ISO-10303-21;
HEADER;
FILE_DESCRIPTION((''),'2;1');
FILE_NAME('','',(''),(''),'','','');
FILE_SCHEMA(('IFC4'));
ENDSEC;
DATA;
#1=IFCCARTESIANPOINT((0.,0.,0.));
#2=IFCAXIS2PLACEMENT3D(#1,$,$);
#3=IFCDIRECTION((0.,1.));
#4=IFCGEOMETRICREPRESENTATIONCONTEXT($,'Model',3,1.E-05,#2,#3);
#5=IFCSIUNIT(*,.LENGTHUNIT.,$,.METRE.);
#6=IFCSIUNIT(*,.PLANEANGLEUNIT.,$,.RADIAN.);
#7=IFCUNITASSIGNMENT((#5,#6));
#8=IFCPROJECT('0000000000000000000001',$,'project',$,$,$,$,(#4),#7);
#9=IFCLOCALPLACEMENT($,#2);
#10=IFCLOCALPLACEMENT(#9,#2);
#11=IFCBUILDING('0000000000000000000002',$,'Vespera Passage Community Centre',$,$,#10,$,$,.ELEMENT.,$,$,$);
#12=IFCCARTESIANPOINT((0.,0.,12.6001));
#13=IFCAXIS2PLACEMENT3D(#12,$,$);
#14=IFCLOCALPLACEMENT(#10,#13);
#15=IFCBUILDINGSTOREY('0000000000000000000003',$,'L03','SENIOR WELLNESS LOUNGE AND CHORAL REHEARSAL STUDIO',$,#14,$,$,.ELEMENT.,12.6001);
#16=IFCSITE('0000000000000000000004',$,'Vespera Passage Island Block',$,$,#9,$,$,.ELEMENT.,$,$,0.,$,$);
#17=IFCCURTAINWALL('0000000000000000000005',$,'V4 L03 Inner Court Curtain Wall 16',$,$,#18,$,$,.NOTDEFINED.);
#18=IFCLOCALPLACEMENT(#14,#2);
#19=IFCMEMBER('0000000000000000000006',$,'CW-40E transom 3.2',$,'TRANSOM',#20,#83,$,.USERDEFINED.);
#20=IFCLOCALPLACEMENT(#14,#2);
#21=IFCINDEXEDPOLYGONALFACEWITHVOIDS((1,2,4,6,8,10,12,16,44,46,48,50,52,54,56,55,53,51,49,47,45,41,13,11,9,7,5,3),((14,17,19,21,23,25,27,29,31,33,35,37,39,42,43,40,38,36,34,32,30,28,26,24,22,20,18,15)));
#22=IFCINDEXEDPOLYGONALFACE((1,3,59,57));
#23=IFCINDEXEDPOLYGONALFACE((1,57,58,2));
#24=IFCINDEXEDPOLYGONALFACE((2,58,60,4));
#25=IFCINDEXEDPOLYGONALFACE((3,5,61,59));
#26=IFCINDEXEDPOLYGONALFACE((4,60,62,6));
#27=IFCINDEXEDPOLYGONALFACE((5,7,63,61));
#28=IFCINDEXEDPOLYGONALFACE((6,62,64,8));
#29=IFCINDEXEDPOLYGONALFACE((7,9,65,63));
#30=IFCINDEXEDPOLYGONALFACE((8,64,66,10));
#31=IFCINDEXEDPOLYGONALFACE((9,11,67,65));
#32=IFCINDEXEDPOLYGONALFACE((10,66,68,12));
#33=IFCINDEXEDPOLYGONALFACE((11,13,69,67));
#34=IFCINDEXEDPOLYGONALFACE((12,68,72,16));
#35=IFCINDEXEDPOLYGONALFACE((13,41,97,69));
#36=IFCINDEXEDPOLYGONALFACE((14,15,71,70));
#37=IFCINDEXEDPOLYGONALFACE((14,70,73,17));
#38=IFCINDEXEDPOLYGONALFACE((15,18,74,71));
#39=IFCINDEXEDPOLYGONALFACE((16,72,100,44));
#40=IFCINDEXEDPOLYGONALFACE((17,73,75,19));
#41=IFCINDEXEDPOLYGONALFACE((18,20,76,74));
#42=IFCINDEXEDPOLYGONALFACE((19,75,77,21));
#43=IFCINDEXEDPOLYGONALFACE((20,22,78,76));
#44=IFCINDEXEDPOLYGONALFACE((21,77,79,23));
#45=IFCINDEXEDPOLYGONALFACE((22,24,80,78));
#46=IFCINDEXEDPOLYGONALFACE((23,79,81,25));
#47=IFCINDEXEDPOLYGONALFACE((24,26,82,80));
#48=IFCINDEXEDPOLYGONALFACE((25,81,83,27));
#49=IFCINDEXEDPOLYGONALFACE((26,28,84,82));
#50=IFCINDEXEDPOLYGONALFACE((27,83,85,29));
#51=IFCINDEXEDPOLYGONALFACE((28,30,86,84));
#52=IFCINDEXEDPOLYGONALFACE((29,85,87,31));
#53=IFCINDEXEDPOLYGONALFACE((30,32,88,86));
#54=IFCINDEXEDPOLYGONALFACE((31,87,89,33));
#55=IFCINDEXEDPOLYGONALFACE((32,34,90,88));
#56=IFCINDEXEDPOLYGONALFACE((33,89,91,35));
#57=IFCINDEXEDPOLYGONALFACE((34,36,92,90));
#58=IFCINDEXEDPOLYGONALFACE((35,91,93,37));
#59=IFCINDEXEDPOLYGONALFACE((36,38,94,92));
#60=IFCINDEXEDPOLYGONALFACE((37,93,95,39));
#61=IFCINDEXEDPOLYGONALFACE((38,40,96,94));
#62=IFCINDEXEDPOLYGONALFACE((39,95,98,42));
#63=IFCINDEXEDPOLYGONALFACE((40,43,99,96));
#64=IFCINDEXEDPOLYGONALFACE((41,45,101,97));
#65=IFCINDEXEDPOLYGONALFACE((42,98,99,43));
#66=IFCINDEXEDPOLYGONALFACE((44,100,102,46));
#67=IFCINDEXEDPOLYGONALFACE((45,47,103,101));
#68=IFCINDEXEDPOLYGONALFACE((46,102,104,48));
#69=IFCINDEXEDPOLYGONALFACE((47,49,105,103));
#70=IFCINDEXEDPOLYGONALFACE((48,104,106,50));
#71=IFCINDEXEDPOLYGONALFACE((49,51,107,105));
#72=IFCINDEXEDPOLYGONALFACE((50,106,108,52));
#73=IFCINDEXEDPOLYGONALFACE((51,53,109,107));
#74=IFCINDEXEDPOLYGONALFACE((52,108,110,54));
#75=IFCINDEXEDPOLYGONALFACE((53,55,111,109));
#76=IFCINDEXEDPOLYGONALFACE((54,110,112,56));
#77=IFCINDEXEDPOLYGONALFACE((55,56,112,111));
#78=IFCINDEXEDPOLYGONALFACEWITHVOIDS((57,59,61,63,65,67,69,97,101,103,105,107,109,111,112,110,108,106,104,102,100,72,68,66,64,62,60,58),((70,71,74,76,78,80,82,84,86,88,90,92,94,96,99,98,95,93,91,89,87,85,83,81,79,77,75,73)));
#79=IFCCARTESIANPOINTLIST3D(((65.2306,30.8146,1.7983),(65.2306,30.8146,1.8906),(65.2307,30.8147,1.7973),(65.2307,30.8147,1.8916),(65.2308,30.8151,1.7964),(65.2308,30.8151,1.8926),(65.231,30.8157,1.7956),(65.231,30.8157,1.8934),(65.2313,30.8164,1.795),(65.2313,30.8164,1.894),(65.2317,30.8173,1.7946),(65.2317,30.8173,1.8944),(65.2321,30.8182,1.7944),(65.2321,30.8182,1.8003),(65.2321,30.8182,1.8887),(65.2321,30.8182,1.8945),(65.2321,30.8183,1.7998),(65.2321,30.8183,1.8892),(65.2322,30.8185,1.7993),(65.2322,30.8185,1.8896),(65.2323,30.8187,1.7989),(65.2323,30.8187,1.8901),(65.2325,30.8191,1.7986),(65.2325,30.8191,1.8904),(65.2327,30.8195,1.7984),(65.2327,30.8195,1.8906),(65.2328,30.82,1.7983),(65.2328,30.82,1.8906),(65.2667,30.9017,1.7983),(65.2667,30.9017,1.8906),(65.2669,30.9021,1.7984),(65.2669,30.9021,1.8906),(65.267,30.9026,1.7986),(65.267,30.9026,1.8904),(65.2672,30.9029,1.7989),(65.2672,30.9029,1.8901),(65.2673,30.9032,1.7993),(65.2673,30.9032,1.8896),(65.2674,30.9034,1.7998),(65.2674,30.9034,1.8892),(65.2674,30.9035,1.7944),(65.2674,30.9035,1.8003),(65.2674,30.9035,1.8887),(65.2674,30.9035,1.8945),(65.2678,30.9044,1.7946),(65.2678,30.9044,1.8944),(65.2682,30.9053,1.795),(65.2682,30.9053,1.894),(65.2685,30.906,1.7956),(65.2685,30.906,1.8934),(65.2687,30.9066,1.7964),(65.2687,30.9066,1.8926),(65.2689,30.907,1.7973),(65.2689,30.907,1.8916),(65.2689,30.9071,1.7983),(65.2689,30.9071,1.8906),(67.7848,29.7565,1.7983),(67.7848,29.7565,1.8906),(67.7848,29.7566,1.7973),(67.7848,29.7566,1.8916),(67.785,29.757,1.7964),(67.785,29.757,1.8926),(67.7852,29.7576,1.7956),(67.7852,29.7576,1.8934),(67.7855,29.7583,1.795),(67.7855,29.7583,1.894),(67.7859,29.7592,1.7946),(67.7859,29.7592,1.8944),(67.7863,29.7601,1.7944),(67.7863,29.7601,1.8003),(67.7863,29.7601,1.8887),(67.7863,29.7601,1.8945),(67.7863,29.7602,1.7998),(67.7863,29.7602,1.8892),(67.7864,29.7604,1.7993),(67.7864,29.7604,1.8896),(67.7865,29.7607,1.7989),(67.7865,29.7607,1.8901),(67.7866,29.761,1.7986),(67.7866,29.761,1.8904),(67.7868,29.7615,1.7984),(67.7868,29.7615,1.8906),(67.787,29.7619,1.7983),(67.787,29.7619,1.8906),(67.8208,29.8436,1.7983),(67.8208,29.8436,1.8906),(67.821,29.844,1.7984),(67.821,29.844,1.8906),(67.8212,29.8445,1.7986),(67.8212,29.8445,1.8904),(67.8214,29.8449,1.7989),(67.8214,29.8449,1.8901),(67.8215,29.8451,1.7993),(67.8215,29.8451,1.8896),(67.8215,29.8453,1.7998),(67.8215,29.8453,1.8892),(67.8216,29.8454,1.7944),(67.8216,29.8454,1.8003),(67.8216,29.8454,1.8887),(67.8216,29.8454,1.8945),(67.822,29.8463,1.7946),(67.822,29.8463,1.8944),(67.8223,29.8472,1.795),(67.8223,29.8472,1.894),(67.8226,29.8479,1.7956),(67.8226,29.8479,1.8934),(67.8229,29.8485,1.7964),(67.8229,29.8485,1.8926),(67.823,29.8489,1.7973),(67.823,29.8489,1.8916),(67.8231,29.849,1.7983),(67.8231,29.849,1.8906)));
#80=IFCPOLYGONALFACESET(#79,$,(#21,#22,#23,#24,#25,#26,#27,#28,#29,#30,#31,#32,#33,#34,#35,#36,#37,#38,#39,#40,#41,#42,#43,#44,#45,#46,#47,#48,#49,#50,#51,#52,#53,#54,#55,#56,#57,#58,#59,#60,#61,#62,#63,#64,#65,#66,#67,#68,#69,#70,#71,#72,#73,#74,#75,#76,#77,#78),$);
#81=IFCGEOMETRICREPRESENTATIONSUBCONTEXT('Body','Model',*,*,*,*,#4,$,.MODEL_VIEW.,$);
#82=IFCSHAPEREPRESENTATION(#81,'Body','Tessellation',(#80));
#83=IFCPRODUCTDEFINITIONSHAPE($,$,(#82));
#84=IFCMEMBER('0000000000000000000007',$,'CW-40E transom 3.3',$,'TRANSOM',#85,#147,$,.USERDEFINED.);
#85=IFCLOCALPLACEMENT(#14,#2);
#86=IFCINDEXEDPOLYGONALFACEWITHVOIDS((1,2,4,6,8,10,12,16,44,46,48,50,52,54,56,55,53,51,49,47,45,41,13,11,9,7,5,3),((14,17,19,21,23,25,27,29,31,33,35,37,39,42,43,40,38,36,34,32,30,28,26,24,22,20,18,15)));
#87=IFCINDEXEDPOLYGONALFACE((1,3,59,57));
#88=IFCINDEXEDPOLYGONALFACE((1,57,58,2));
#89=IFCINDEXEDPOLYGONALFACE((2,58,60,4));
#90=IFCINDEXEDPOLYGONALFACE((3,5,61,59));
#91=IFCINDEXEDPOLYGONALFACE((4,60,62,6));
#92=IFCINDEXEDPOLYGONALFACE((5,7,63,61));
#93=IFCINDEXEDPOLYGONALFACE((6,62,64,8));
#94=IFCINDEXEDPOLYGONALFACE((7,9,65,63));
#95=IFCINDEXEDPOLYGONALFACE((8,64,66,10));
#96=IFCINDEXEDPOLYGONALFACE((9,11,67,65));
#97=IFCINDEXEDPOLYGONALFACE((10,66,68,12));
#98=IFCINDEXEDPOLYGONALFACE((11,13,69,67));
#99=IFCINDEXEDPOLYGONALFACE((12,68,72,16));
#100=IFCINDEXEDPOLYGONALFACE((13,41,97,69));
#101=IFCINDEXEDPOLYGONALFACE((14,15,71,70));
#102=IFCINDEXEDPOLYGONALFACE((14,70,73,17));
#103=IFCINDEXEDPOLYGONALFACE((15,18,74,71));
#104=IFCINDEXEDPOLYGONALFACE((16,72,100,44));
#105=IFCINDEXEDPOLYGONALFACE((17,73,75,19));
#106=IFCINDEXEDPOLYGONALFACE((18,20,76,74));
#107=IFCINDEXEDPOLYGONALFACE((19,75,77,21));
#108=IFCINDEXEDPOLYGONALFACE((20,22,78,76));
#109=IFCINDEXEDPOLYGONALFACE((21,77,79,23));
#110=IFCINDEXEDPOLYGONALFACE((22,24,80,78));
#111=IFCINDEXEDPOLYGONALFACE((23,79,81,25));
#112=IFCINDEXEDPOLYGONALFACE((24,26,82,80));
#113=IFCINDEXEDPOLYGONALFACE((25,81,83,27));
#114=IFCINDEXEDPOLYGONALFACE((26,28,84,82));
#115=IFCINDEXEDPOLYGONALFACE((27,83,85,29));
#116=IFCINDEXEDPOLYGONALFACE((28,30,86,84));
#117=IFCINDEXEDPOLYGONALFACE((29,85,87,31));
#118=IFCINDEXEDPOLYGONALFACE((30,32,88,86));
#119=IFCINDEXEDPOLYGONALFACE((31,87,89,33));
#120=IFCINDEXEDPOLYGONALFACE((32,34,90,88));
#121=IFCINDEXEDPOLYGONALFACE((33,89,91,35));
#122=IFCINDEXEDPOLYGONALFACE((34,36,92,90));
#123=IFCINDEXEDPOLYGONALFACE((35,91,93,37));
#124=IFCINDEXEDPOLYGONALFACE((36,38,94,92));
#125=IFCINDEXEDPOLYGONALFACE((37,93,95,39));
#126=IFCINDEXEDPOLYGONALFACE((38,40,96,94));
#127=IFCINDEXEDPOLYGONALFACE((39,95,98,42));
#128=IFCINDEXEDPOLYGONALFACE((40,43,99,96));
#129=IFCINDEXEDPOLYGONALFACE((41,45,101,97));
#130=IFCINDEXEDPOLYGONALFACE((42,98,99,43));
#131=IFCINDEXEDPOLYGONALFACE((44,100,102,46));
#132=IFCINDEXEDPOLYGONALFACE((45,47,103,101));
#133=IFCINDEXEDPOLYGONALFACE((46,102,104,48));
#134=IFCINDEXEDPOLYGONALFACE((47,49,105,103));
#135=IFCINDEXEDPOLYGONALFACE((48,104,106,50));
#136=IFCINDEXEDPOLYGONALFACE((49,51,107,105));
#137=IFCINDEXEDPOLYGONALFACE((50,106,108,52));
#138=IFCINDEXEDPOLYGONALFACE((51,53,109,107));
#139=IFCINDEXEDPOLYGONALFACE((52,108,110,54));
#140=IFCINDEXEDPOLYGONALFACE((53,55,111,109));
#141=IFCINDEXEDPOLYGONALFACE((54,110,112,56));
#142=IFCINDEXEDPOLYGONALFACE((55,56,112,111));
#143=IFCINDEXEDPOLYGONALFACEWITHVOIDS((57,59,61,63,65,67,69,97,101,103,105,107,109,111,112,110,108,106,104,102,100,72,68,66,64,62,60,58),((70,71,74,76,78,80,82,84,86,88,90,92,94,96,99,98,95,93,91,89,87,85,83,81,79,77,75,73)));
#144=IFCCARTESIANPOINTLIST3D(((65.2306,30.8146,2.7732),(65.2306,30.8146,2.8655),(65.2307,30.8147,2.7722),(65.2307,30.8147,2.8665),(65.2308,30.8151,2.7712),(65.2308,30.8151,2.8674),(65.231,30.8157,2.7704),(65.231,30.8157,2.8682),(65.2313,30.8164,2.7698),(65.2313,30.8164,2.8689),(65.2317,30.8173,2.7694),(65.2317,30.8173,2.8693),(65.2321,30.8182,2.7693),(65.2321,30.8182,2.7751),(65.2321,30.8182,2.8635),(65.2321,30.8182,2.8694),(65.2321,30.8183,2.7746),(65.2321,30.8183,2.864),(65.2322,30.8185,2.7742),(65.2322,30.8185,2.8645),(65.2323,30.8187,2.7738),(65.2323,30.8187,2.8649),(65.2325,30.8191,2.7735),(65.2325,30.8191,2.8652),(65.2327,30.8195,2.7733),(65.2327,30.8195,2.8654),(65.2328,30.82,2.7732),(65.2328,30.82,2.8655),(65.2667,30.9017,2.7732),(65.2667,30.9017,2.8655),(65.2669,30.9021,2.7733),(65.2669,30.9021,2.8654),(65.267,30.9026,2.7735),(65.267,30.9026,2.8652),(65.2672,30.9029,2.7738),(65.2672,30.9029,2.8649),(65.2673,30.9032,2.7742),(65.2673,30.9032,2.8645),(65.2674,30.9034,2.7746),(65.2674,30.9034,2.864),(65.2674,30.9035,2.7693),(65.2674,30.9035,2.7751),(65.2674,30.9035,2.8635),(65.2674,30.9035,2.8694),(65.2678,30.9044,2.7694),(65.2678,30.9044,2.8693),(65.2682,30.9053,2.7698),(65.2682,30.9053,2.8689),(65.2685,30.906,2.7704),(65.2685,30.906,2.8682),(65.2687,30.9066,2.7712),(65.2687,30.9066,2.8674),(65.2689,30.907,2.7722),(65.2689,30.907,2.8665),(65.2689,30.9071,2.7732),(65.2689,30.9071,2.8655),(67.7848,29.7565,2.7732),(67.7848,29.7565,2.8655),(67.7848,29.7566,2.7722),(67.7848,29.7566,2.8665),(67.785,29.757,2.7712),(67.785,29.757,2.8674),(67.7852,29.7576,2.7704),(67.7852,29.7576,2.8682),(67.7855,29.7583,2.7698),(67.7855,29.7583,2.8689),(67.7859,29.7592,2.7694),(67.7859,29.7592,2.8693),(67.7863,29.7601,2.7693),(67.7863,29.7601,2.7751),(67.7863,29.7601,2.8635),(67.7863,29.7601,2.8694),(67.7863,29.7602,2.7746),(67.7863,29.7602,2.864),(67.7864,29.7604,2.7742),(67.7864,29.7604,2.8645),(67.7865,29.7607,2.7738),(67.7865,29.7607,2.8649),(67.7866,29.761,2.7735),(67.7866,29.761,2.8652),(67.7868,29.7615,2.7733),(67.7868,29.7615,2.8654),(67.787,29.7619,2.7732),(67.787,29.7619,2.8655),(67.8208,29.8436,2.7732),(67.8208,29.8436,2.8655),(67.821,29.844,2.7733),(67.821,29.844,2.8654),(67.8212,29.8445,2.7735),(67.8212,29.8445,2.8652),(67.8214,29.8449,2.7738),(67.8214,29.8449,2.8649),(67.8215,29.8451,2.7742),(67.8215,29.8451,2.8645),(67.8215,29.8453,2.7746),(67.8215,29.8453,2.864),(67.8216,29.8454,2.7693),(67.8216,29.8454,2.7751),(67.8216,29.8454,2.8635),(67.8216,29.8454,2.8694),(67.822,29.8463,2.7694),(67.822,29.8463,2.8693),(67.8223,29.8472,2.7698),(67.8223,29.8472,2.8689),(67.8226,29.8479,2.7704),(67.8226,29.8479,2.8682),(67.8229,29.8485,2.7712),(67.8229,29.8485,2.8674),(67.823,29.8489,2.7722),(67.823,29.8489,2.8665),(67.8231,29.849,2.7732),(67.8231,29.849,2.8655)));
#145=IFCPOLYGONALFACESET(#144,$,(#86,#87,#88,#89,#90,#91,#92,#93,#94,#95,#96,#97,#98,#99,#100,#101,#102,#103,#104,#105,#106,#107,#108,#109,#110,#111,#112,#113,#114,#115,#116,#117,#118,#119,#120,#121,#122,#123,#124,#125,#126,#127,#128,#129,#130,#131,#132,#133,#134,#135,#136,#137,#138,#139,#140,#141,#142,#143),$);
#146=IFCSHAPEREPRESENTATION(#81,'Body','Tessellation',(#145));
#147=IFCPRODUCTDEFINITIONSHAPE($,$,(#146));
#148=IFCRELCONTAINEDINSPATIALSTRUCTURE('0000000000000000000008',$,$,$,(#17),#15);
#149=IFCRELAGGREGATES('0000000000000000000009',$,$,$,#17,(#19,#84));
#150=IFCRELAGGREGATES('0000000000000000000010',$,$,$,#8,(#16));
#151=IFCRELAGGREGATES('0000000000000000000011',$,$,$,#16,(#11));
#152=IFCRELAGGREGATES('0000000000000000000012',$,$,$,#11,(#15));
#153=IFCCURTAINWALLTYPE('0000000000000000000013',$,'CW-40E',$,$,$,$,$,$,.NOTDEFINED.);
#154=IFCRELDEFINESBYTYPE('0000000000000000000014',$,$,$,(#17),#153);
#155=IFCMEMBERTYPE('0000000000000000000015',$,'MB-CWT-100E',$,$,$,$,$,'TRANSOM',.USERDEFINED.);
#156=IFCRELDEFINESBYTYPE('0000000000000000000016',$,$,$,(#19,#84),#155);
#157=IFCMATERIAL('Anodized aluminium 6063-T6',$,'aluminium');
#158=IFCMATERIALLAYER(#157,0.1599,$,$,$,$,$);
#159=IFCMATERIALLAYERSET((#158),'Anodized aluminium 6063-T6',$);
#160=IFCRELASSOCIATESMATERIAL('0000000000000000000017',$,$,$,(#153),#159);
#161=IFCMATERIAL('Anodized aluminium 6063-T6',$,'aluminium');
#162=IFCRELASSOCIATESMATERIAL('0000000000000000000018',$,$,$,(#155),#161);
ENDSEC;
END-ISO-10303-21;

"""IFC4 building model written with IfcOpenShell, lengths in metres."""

from ifc_helpers import new_model, si_unit, direction, frame, origin, origin_2d, place, context, subcontext, project, spatial, hollow_rectangle, extrude, material, layer, layer_set, material_profile, profile_set, type_object, element, aggregate, save


model = new_model("IFC4")

# Units and contexts
model_context = context("Model", 3, precision=1e-05, world=origin(), true_north=direction((0.0, 1.0)))
body_context = subcontext(model_context, "Body", "Model", "MODEL_VIEW")
ifc_project = project(units=[si_unit("LENGTHUNIT", "METRE"), si_unit("PLANEANGLEUNIT", "RADIAN")], contexts=[model_context])

# Site, building, storey
site_placement = place(None, origin())
site = spatial("IfcSite", under=ifc_project, at=site_placement, Name="Vespera Passage Island Block", CompositionType="ELEMENT", RefElevation=0.0)
building_placement = place(site_placement, origin())
building = spatial("IfcBuilding", under=site, at=building_placement, Name="Vespera Passage Community Centre", CompositionType="ELEMENT")
storey_placement = place(building_placement, frame((0.0, 0.0, 12.6001)))
storey = spatial("IfcBuildingStorey", under=building, at=storey_placement, Name="L03", Description="SENIOR WELLNESS LOUNGE AND CHORAL REHEARSAL STUDIO", CompositionType="ELEMENT", Elevation=12.6001)

# Curtain wall, members
ifc_material_1 = material(Name="Anodized aluminium 6063-T6", Category="aluminium")
ifc_layer_1 = layer(ifc_material_1, 0.1599)
ifc_layer_set_1 = layer_set([ifc_layer_1], Name="Anodized aluminium 6063-T6")
curtain_wall_type_1 = type_object("IfcCurtainWallType", Name="CW-40E", PredefinedType="NOTDEFINED", material=ifc_layer_set_1)
curtain_wall_1_placement = place(storey_placement, origin())
curtain_wall_1 = element("IfcCurtainWall", 1, at=curtain_wall_1_placement, inside=storey, type_object=curtain_wall_type_1, Name="V4 L03 Inner Court Curtain Wall 16", PredefinedType="NOTDEFINED")
ifc_material_2 = material(Name="Anodized aluminium 6063-T6", Category="aluminium")
ifc_material_profile_1 = material_profile(ifc_material_2, hollow_rectangle(XDim=0.1001, YDim=0.1001, WallThickness=0.0039, InnerFilletRadius=0.002, OuterFilletRadius=0.0039, at=origin_2d()), Name="ALU100X100X4")
ifc_profile_set_1 = profile_set([ifc_material_profile_1], Name="Anodized aluminium 6063-T6")
member_type_1 = type_object("IfcMemberType", Name="MB-CWT-100E", ElementType="TRANSOM", PredefinedType="USERDEFINED", material=ifc_profile_set_1)
member_1_placement = place(storey_placement, frame((65.2498, 30.8608, 1.8445), z_axis=(0.923864, -0.382721, 0.0), x_axis=(0.382721, 0.923864, 0.0)))
member_1 = element("IfcMember", 2, at=member_1_placement, type_object=member_type_1, Name="CW-40E transom 3.2", ObjectType="TRANSOM", PredefinedType="USERDEFINED", context=body_context, shape_type="SweptSolid", body=[
    extrude(hollow_rectangle(XDim=0.1001, YDim=0.1001, WallThickness=0.0039, InnerFilletRadius=0.002, OuterFilletRadius=0.0039, at=origin_2d()), origin(), (0.0, 0.0, 1.0), 2.7646),
])
member_2_placement = place(storey_placement, frame((65.2498, 30.8608, 2.8193), z_axis=(0.923864, -0.382721, 0.0), x_axis=(0.382721, 0.923864, 0.0)))
member_2 = element("IfcMember", 3, at=member_2_placement, type_object=member_type_1, Name="CW-40E transom 3.3", ObjectType="TRANSOM", PredefinedType="USERDEFINED", context=body_context, shape_type="SweptSolid", body=[
    extrude(hollow_rectangle(XDim=0.1001, YDim=0.1001, WallThickness=0.0039, InnerFilletRadius=0.002, OuterFilletRadius=0.0039, at=origin_2d()), origin(), (0.0, 0.0, 1.0), 2.7646),
])

aggregate(curtain_wall_1, [member_1, member_2])

save(model, "model.ifc")
